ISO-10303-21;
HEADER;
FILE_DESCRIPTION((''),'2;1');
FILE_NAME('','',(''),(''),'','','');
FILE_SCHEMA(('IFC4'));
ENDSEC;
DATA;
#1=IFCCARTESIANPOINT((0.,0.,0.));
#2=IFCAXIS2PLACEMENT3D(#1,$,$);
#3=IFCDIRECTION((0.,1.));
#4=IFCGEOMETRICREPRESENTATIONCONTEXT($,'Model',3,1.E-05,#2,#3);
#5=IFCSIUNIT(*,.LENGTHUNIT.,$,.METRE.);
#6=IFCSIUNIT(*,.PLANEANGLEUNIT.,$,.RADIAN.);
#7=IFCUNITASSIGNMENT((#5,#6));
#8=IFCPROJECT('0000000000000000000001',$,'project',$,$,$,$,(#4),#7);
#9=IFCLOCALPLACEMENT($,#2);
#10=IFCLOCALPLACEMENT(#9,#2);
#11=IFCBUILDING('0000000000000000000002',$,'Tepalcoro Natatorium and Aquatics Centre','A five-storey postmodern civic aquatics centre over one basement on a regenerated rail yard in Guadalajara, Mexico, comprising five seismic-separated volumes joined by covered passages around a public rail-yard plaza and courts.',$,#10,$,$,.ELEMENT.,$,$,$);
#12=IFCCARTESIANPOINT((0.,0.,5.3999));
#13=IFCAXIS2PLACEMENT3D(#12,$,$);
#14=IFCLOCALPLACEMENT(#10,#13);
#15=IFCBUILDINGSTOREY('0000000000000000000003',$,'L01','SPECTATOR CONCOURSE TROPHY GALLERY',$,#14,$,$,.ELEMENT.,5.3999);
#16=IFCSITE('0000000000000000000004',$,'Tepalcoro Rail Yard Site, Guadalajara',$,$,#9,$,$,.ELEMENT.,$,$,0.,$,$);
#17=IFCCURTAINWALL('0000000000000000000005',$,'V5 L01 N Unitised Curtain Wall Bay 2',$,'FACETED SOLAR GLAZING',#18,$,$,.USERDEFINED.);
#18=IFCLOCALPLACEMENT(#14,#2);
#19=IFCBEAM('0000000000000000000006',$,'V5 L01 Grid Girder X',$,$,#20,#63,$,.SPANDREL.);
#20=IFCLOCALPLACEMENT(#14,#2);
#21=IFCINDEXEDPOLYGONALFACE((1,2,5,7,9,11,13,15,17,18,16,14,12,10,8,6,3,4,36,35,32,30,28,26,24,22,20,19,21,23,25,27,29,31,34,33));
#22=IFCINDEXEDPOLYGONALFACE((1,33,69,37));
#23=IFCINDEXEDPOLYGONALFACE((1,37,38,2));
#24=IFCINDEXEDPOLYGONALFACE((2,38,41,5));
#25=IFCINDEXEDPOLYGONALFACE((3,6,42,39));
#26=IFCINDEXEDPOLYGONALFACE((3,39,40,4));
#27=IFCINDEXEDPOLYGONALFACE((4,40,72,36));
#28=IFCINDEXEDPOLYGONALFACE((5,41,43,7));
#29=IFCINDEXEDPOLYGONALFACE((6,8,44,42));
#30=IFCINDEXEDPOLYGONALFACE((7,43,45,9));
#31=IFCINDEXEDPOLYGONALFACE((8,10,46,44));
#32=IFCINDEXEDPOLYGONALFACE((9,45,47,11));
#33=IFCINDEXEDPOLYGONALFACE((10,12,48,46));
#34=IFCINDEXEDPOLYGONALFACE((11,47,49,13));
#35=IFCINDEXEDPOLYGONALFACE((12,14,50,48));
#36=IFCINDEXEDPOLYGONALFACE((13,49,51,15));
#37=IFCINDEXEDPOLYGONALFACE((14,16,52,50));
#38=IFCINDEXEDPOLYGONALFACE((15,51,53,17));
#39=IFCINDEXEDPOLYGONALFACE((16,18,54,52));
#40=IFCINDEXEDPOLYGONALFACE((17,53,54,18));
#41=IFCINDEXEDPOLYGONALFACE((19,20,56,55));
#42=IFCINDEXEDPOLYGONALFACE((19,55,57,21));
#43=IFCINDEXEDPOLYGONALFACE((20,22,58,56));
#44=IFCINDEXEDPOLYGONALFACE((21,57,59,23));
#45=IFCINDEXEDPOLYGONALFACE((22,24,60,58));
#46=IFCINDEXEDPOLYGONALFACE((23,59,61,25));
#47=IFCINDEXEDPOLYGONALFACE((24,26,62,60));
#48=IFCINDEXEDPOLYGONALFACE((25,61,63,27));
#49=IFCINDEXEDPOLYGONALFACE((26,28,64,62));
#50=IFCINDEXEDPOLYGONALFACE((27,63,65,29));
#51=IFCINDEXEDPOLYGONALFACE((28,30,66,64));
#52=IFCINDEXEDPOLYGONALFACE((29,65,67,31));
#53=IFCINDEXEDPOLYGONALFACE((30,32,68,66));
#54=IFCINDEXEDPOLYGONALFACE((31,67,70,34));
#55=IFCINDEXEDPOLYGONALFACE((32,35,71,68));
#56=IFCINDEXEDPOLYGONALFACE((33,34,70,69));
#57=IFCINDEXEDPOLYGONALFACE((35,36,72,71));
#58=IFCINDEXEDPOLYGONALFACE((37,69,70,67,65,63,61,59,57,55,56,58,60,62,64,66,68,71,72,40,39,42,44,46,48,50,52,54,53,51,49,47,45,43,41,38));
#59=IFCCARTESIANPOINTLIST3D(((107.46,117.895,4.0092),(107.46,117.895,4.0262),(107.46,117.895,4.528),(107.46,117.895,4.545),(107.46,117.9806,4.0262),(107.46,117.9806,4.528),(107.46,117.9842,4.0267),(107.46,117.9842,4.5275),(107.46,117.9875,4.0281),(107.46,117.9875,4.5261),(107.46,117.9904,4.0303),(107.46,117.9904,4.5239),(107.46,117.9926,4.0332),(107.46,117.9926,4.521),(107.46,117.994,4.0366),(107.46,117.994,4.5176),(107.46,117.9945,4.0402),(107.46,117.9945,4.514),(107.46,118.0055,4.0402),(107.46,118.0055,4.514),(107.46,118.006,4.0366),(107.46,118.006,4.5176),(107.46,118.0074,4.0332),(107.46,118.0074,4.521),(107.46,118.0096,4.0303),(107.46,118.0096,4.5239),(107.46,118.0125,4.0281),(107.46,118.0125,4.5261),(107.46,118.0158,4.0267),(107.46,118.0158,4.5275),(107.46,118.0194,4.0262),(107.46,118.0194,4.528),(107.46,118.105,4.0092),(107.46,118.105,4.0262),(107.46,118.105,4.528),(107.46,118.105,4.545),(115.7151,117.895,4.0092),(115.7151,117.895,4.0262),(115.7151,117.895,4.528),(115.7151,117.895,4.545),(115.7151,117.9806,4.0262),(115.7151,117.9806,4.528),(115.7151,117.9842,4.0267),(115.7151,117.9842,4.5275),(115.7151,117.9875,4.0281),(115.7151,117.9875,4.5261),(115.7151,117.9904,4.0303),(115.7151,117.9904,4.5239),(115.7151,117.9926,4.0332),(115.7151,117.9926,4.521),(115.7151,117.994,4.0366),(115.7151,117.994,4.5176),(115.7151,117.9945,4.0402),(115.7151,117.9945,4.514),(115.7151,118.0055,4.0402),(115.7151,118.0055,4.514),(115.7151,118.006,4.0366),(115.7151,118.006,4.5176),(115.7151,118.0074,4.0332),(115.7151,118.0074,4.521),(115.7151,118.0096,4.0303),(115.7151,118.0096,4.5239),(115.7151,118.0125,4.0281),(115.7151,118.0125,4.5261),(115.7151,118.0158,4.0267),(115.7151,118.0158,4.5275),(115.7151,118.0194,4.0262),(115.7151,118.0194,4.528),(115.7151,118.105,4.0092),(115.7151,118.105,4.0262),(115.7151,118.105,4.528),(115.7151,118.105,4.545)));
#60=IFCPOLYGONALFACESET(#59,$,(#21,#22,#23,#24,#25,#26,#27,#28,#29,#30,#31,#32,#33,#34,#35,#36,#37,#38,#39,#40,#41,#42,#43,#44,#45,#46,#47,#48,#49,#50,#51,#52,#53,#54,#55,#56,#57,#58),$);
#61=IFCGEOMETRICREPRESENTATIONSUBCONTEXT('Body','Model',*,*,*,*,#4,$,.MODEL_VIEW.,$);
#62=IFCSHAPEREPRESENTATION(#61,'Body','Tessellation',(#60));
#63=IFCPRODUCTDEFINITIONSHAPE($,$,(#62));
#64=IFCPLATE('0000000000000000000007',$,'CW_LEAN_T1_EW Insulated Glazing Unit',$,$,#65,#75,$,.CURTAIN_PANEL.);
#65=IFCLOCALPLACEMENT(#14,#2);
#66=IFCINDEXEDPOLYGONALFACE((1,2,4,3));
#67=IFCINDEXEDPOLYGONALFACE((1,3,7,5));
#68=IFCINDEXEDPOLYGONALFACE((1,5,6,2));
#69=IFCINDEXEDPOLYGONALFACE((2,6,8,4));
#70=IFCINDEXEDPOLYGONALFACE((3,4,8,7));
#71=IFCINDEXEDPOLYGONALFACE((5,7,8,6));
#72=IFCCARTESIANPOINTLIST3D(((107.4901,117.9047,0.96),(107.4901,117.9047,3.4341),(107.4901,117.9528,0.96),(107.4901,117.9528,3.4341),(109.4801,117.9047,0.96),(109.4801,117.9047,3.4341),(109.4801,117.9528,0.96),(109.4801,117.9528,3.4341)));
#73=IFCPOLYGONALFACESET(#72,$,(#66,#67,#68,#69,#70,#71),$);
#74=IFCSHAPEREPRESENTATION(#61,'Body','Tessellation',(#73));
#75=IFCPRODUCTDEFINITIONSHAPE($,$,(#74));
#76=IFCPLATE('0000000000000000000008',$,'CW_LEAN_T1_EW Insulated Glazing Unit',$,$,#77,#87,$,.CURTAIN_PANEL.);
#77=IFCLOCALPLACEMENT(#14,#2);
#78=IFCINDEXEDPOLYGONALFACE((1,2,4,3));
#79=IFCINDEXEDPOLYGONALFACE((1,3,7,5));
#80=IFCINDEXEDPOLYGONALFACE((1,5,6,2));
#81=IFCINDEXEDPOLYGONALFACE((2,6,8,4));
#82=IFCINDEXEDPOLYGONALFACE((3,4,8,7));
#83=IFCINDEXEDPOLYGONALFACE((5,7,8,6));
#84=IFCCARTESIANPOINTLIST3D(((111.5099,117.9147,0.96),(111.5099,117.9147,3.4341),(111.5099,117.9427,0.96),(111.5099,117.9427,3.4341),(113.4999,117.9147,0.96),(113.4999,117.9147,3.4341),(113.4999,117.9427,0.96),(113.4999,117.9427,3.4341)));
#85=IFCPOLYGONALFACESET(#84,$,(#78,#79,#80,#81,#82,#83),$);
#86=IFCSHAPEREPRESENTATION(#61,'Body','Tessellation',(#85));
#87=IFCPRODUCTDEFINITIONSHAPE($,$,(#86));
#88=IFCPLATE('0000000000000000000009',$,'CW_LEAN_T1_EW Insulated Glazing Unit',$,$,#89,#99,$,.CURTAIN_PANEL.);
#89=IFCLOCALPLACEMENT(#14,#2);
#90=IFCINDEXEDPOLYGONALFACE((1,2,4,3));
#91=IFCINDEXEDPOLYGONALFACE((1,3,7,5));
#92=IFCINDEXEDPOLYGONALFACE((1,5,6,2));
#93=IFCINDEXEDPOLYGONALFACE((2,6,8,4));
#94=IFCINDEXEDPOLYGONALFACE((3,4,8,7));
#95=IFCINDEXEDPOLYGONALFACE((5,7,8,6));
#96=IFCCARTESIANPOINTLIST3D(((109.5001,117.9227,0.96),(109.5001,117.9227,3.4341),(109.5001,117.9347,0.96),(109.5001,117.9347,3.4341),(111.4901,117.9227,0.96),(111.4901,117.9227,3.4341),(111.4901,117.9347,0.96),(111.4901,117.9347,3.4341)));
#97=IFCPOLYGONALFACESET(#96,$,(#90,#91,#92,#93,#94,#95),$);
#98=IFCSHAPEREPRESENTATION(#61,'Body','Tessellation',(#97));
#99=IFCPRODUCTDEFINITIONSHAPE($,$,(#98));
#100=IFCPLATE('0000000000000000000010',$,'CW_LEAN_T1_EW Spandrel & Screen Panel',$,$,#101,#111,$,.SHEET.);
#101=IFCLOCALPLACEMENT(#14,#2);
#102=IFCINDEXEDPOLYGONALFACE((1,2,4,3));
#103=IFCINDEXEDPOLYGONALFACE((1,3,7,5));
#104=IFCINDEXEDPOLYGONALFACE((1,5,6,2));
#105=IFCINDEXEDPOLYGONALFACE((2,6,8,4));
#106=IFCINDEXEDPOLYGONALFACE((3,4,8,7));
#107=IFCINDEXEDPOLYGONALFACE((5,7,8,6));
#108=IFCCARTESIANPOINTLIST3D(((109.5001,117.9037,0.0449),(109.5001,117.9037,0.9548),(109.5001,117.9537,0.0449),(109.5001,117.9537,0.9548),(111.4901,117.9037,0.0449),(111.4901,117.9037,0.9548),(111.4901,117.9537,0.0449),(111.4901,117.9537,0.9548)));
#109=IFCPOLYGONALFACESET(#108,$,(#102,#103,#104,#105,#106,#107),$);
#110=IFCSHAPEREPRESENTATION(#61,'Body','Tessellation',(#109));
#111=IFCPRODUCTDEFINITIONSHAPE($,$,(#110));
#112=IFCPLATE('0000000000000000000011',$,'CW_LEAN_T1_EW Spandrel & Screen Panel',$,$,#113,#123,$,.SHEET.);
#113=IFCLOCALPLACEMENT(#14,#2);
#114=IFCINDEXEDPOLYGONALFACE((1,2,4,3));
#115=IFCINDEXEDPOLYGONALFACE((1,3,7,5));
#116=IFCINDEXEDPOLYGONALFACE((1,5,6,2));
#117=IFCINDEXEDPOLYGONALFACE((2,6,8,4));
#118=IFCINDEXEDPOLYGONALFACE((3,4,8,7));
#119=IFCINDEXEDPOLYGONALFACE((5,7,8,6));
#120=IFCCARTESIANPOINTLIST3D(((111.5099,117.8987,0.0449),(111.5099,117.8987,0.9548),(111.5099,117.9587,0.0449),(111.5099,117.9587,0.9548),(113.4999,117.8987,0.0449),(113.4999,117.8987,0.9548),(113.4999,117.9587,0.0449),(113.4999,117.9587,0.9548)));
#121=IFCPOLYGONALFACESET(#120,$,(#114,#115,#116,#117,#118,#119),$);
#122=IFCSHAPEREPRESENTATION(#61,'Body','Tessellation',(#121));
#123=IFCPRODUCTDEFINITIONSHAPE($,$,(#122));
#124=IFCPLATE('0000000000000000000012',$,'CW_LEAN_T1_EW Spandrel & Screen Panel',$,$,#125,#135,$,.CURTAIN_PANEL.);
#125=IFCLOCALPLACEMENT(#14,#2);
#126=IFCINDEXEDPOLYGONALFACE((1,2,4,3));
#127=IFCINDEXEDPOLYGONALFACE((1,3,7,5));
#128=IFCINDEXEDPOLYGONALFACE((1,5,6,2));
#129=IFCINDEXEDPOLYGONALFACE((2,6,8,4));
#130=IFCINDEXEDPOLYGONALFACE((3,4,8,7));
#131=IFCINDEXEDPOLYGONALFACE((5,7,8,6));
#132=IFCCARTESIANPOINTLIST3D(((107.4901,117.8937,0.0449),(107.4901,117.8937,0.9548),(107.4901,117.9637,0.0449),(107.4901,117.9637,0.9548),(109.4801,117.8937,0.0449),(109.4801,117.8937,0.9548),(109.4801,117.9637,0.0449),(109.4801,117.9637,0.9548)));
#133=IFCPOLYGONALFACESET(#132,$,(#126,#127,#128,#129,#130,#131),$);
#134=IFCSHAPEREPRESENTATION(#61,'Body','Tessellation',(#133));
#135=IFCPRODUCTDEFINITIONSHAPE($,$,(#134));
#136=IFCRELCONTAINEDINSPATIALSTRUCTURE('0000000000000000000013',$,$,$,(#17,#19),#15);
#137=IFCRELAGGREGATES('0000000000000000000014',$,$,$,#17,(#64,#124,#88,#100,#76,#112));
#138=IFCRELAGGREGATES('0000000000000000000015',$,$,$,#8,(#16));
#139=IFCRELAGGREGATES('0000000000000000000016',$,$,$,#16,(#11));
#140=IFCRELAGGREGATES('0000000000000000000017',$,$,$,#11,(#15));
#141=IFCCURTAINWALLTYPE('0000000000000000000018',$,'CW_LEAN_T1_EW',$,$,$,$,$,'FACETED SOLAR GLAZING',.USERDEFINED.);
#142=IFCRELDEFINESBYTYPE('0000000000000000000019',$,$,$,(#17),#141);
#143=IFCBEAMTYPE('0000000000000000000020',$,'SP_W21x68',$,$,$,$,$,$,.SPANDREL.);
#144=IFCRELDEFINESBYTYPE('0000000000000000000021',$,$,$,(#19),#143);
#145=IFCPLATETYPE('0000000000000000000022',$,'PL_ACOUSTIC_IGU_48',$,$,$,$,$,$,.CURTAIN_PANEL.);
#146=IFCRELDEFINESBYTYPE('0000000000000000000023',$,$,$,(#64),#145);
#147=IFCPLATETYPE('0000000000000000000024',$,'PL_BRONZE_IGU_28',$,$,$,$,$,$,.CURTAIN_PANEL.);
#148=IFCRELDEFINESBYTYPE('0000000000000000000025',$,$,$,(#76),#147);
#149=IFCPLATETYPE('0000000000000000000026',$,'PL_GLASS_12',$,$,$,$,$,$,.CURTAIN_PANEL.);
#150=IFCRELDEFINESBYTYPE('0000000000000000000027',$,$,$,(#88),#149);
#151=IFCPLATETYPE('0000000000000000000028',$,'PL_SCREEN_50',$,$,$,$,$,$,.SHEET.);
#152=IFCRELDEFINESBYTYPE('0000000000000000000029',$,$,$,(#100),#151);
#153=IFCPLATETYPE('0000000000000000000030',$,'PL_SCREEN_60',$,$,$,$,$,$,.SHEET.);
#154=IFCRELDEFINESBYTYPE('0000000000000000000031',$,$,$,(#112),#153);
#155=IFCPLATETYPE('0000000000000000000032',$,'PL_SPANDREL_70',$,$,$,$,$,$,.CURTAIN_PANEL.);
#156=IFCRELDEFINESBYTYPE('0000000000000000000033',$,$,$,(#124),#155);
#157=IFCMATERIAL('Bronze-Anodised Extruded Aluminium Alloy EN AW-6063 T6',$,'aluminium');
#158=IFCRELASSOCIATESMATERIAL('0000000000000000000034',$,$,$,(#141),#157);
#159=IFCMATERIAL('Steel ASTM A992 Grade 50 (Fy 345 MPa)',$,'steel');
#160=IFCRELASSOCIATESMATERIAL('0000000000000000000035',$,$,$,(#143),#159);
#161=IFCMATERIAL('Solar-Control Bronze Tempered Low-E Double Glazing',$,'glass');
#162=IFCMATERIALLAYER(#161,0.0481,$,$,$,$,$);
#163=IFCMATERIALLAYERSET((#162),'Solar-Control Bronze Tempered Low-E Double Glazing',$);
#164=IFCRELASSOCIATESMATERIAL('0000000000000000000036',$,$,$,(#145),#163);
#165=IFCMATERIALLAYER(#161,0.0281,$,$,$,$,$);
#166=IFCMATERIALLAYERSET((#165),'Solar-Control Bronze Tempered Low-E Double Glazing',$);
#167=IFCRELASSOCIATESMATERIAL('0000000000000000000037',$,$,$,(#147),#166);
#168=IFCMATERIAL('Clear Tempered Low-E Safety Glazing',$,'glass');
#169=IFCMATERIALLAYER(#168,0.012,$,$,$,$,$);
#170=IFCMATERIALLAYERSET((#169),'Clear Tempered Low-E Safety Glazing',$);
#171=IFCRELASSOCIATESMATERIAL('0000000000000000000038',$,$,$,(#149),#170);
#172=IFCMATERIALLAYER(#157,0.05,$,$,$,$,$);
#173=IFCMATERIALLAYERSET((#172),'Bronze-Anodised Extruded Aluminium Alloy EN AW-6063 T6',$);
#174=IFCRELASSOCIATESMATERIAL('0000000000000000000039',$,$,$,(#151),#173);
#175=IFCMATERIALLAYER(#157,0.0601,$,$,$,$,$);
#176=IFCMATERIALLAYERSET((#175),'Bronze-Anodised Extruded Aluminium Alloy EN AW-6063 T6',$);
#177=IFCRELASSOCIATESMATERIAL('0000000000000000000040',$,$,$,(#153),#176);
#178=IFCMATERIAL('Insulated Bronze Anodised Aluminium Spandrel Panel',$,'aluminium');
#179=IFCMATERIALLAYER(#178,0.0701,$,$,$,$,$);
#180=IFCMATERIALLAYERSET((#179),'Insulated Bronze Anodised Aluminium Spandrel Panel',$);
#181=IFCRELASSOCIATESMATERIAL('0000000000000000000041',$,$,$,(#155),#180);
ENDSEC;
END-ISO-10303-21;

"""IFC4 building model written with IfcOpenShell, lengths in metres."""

from ifc_helpers import new_model, si_unit, direction, frame, origin, origin_2d, place, context, subcontext, project, spatial, rectangle, i_section, extrude, material, layer, layer_set, material_profile, profile_set, type_object, element, aggregate, save


model = new_model("IFC4")

# Units and contexts
model_context = context("Model", 3, precision=1e-05, world=origin(), true_north=direction((0.0, 1.0)))
body_context = subcontext(model_context, "Body", "Model", "MODEL_VIEW")
ifc_project = project(units=[si_unit("LENGTHUNIT", "METRE"), si_unit("PLANEANGLEUNIT", "RADIAN")], contexts=[model_context])

# Site, building, storey
site_placement = place(None, origin())
site = spatial("IfcSite", under=ifc_project, at=site_placement, Name="Tepalcoro Rail Yard Site, Guadalajara", CompositionType="ELEMENT", RefElevation=0.0)
building_placement = place(site_placement, origin())
building = spatial("IfcBuilding", under=site, at=building_placement, Name="Tepalcoro Natatorium and Aquatics Centre", Description="A five-storey postmodern civic aquatics centre over one basement on a regenerated rail yard in Guadalajara, Mexico, comprising five seismic-separated volumes joined by covered passages around a public rail-yard plaza and courts.", CompositionType="ELEMENT")
storey_placement = place(building_placement, frame((0.0, 0.0, 5.3999)))
storey = spatial("IfcBuildingStorey", under=building, at=storey_placement, Name="L01", Description="SPECTATOR CONCOURSE TROPHY GALLERY", CompositionType="ELEMENT", Elevation=5.3999)

# Shared definitions
ifc_material_1 = material(Name="Steel ASTM A992 Grade 50 (Fy 345 MPa)", Category="steel")

# Curtain wall
ifc_material_2 = material(Name="Bronze-Anodised Extruded Aluminium Alloy EN AW-6063 T6", Category="aluminium")
curtain_wall_type = type_object("IfcCurtainWallType", Name="CW_LEAN_T1_EW", ElementType="FACETED SOLAR GLAZING", PredefinedType="USERDEFINED", material=ifc_material_2)
curtain_wall_placement = place(storey_placement, origin())
curtain_wall = element("IfcCurtainWall", 1, at=curtain_wall_placement, inside=storey, type_object=curtain_wall_type, Name="V5 L01 N Unitised Curtain Wall Bay 2", ObjectType="FACETED SOLAR GLAZING", PredefinedType="USERDEFINED")

# Beam
ifc_material_profile_1 = material_profile(ifc_material_1, i_section(OverallWidth=0.21, OverallDepth=0.5359, WebThickness=0.011, FlangeThickness=0.0171, FilletRadius=0.0139, at=origin_2d()), Name="W21X68")
ifc_profile_set_1 = profile_set([ifc_material_profile_1], Name="Steel ASTM A992 Grade 50 (Fy 345 MPa)")
beam_type_1 = type_object("IfcBeamType", Name="SP_W21x68", PredefinedType="SPANDREL", material=ifc_profile_set_1)
beam_1_placement = place(storey_placement, frame((107.46, 118.0, 4.2771), z_axis=(1.0, 0.0, 0.0), x_axis=(0.0, 1.0, 0.0)))
element("IfcBeam", 2, at=beam_1_placement, inside=storey, type_object=beam_type_1, Name="V5 L01 Grid Girder X", PredefinedType="SPANDREL", context=body_context, shape_type="SweptSolid", body=[
    extrude(i_section(OverallWidth=0.21, OverallDepth=0.5359, WebThickness=0.011, FlangeThickness=0.0171, FilletRadius=0.0139, at=origin_2d()), origin(), (0.0, 0.0, 1.0), 8.2551),
])

# Plates
ifc_material_3 = material(Name="Solar-Control Bronze Tempered Low-E Double Glazing", Category="glass")
ifc_layer_1 = layer(ifc_material_3, 0.0481)
ifc_layer_set_1 = layer_set([ifc_layer_1], Name="Solar-Control Bronze Tempered Low-E Double Glazing")
plate_type_1 = type_object("IfcPlateType", Name="PL_ACOUSTIC_IGU_48", PredefinedType="CURTAIN_PANEL", material=ifc_layer_set_1)
plate_1_placement = place(storey_placement, frame((108.4851, 117.9287, 0.96), z_axis=(0.0, 0.0, 1.0), x_axis=(1.0, 0.0, 0.0)))
plate_1 = element("IfcPlate", 3, at=plate_1_placement, type_object=plate_type_1, Name="CW_LEAN_T1_EW Insulated Glazing Unit", PredefinedType="CURTAIN_PANEL", context=body_context, shape_type="SweptSolid", body=[
    extrude(rectangle(XDim=1.99, YDim=0.0481, at=origin_2d()), origin(), (0.0, 0.0, 1.0), 2.4741),
])
ifc_layer_2 = layer(ifc_material_3, 0.0281)
ifc_layer_set_2 = layer_set([ifc_layer_2], Name="Solar-Control Bronze Tempered Low-E Double Glazing")
plate_type_2 = type_object("IfcPlateType", Name="PL_BRONZE_IGU_28", PredefinedType="CURTAIN_PANEL", material=ifc_layer_set_2)
plate_2_placement = place(storey_placement, frame((112.5049, 117.9287, 0.96), z_axis=(0.0, 0.0, 1.0), x_axis=(1.0, 0.0, 0.0)))
plate_2 = element("IfcPlate", 4, at=plate_2_placement, type_object=plate_type_2, Name="CW_LEAN_T1_EW Insulated Glazing Unit", PredefinedType="CURTAIN_PANEL", context=body_context, shape_type="SweptSolid", body=[
    extrude(rectangle(XDim=1.99, YDim=0.0281, at=origin_2d()), origin(), (0.0, 0.0, 1.0), 2.4741),
])
ifc_material_4 = material(Name="Clear Tempered Low-E Safety Glazing", Category="glass")
ifc_layer_3 = layer(ifc_material_4, 0.012)
ifc_layer_set_3 = layer_set([ifc_layer_3], Name="Clear Tempered Low-E Safety Glazing")
plate_type_3 = type_object("IfcPlateType", Name="PL_GLASS_12", PredefinedType="CURTAIN_PANEL", material=ifc_layer_set_3)
plate_3_placement = place(storey_placement, frame((110.4951, 117.9287, 0.96), z_axis=(0.0, 0.0, 1.0), x_axis=(1.0, 0.0, 0.0)))
plate_3 = element("IfcPlate", 5, at=plate_3_placement, type_object=plate_type_3, Name="CW_LEAN_T1_EW Insulated Glazing Unit", PredefinedType="CURTAIN_PANEL", context=body_context, shape_type="SweptSolid", body=[
    extrude(rectangle(XDim=1.99, YDim=0.012, at=origin_2d()), origin(), (0.0, 0.0, 1.0), 2.4741),
])
ifc_layer_4 = layer(ifc_material_2, 0.05)
ifc_layer_set_4 = layer_set([ifc_layer_4], Name="Bronze-Anodised Extruded Aluminium Alloy EN AW-6063 T6")
plate_type_4 = type_object("IfcPlateType", Name="PL_SCREEN_50", PredefinedType="SHEET", material=ifc_layer_set_4)
plate_4_placement = place(storey_placement, frame((110.4951, 117.9287, 0.0449), z_axis=(0.0, 0.0, 1.0), x_axis=(1.0, 0.0, 0.0)))
plate_4 = element("IfcPlate", 6, at=plate_4_placement, type_object=plate_type_4, Name="CW_LEAN_T1_EW Spandrel & Screen Panel", PredefinedType="SHEET", context=body_context, shape_type="SweptSolid", body=[
    extrude(rectangle(XDim=1.99, YDim=0.05, at=origin_2d()), origin(), (0.0, 0.0, 1.0), 0.9099),
])
ifc_layer_5 = layer(ifc_material_2, 0.0601)
ifc_layer_set_5 = layer_set([ifc_layer_5], Name="Bronze-Anodised Extruded Aluminium Alloy EN AW-6063 T6")
plate_type_5 = type_object("IfcPlateType", Name="PL_SCREEN_60", PredefinedType="SHEET", material=ifc_layer_set_5)
plate_5_placement = place(storey_placement, frame((112.5049, 117.9287, 0.0449), z_axis=(0.0, 0.0, 1.0), x_axis=(1.0, 0.0, 0.0)))
plate_5 = element("IfcPlate", 7, at=plate_5_placement, type_object=plate_type_5, Name="CW_LEAN_T1_EW Spandrel & Screen Panel", PredefinedType="SHEET", context=body_context, shape_type="SweptSolid", body=[
    extrude(rectangle(XDim=1.99, YDim=0.0601, at=origin_2d()), origin(), (0.0, 0.0, 1.0), 0.9099),
])
ifc_material_5 = material(Name="Insulated Bronze Anodised Aluminium Spandrel Panel", Category="aluminium")
ifc_layer_6 = layer(ifc_material_5, 0.0701)
ifc_layer_set_6 = layer_set([ifc_layer_6], Name="Insulated Bronze Anodised Aluminium Spandrel Panel")
plate_type_6 = type_object("IfcPlateType", Name="PL_SPANDREL_70", PredefinedType="CURTAIN_PANEL", material=ifc_layer_set_6)
plate_6_placement = place(storey_placement, frame((108.4851, 117.9287, 0.0449), z_axis=(0.0, 0.0, 1.0), x_axis=(1.0, 0.0, 0.0)))
plate_6 = element("IfcPlate", 8, at=plate_6_placement, type_object=plate_type_6, Name="CW_LEAN_T1_EW Spandrel & Screen Panel", PredefinedType="CURTAIN_PANEL", context=body_context, shape_type="SweptSolid", body=[
    extrude(rectangle(XDim=1.99, YDim=0.0701, at=origin_2d()), origin(), (0.0, 0.0, 1.0), 0.9099),
])
aggregate(curtain_wall, [plate_1, plate_6, plate_3, plate_4, plate_2, plate_5])

save(model, "model.ifc")
